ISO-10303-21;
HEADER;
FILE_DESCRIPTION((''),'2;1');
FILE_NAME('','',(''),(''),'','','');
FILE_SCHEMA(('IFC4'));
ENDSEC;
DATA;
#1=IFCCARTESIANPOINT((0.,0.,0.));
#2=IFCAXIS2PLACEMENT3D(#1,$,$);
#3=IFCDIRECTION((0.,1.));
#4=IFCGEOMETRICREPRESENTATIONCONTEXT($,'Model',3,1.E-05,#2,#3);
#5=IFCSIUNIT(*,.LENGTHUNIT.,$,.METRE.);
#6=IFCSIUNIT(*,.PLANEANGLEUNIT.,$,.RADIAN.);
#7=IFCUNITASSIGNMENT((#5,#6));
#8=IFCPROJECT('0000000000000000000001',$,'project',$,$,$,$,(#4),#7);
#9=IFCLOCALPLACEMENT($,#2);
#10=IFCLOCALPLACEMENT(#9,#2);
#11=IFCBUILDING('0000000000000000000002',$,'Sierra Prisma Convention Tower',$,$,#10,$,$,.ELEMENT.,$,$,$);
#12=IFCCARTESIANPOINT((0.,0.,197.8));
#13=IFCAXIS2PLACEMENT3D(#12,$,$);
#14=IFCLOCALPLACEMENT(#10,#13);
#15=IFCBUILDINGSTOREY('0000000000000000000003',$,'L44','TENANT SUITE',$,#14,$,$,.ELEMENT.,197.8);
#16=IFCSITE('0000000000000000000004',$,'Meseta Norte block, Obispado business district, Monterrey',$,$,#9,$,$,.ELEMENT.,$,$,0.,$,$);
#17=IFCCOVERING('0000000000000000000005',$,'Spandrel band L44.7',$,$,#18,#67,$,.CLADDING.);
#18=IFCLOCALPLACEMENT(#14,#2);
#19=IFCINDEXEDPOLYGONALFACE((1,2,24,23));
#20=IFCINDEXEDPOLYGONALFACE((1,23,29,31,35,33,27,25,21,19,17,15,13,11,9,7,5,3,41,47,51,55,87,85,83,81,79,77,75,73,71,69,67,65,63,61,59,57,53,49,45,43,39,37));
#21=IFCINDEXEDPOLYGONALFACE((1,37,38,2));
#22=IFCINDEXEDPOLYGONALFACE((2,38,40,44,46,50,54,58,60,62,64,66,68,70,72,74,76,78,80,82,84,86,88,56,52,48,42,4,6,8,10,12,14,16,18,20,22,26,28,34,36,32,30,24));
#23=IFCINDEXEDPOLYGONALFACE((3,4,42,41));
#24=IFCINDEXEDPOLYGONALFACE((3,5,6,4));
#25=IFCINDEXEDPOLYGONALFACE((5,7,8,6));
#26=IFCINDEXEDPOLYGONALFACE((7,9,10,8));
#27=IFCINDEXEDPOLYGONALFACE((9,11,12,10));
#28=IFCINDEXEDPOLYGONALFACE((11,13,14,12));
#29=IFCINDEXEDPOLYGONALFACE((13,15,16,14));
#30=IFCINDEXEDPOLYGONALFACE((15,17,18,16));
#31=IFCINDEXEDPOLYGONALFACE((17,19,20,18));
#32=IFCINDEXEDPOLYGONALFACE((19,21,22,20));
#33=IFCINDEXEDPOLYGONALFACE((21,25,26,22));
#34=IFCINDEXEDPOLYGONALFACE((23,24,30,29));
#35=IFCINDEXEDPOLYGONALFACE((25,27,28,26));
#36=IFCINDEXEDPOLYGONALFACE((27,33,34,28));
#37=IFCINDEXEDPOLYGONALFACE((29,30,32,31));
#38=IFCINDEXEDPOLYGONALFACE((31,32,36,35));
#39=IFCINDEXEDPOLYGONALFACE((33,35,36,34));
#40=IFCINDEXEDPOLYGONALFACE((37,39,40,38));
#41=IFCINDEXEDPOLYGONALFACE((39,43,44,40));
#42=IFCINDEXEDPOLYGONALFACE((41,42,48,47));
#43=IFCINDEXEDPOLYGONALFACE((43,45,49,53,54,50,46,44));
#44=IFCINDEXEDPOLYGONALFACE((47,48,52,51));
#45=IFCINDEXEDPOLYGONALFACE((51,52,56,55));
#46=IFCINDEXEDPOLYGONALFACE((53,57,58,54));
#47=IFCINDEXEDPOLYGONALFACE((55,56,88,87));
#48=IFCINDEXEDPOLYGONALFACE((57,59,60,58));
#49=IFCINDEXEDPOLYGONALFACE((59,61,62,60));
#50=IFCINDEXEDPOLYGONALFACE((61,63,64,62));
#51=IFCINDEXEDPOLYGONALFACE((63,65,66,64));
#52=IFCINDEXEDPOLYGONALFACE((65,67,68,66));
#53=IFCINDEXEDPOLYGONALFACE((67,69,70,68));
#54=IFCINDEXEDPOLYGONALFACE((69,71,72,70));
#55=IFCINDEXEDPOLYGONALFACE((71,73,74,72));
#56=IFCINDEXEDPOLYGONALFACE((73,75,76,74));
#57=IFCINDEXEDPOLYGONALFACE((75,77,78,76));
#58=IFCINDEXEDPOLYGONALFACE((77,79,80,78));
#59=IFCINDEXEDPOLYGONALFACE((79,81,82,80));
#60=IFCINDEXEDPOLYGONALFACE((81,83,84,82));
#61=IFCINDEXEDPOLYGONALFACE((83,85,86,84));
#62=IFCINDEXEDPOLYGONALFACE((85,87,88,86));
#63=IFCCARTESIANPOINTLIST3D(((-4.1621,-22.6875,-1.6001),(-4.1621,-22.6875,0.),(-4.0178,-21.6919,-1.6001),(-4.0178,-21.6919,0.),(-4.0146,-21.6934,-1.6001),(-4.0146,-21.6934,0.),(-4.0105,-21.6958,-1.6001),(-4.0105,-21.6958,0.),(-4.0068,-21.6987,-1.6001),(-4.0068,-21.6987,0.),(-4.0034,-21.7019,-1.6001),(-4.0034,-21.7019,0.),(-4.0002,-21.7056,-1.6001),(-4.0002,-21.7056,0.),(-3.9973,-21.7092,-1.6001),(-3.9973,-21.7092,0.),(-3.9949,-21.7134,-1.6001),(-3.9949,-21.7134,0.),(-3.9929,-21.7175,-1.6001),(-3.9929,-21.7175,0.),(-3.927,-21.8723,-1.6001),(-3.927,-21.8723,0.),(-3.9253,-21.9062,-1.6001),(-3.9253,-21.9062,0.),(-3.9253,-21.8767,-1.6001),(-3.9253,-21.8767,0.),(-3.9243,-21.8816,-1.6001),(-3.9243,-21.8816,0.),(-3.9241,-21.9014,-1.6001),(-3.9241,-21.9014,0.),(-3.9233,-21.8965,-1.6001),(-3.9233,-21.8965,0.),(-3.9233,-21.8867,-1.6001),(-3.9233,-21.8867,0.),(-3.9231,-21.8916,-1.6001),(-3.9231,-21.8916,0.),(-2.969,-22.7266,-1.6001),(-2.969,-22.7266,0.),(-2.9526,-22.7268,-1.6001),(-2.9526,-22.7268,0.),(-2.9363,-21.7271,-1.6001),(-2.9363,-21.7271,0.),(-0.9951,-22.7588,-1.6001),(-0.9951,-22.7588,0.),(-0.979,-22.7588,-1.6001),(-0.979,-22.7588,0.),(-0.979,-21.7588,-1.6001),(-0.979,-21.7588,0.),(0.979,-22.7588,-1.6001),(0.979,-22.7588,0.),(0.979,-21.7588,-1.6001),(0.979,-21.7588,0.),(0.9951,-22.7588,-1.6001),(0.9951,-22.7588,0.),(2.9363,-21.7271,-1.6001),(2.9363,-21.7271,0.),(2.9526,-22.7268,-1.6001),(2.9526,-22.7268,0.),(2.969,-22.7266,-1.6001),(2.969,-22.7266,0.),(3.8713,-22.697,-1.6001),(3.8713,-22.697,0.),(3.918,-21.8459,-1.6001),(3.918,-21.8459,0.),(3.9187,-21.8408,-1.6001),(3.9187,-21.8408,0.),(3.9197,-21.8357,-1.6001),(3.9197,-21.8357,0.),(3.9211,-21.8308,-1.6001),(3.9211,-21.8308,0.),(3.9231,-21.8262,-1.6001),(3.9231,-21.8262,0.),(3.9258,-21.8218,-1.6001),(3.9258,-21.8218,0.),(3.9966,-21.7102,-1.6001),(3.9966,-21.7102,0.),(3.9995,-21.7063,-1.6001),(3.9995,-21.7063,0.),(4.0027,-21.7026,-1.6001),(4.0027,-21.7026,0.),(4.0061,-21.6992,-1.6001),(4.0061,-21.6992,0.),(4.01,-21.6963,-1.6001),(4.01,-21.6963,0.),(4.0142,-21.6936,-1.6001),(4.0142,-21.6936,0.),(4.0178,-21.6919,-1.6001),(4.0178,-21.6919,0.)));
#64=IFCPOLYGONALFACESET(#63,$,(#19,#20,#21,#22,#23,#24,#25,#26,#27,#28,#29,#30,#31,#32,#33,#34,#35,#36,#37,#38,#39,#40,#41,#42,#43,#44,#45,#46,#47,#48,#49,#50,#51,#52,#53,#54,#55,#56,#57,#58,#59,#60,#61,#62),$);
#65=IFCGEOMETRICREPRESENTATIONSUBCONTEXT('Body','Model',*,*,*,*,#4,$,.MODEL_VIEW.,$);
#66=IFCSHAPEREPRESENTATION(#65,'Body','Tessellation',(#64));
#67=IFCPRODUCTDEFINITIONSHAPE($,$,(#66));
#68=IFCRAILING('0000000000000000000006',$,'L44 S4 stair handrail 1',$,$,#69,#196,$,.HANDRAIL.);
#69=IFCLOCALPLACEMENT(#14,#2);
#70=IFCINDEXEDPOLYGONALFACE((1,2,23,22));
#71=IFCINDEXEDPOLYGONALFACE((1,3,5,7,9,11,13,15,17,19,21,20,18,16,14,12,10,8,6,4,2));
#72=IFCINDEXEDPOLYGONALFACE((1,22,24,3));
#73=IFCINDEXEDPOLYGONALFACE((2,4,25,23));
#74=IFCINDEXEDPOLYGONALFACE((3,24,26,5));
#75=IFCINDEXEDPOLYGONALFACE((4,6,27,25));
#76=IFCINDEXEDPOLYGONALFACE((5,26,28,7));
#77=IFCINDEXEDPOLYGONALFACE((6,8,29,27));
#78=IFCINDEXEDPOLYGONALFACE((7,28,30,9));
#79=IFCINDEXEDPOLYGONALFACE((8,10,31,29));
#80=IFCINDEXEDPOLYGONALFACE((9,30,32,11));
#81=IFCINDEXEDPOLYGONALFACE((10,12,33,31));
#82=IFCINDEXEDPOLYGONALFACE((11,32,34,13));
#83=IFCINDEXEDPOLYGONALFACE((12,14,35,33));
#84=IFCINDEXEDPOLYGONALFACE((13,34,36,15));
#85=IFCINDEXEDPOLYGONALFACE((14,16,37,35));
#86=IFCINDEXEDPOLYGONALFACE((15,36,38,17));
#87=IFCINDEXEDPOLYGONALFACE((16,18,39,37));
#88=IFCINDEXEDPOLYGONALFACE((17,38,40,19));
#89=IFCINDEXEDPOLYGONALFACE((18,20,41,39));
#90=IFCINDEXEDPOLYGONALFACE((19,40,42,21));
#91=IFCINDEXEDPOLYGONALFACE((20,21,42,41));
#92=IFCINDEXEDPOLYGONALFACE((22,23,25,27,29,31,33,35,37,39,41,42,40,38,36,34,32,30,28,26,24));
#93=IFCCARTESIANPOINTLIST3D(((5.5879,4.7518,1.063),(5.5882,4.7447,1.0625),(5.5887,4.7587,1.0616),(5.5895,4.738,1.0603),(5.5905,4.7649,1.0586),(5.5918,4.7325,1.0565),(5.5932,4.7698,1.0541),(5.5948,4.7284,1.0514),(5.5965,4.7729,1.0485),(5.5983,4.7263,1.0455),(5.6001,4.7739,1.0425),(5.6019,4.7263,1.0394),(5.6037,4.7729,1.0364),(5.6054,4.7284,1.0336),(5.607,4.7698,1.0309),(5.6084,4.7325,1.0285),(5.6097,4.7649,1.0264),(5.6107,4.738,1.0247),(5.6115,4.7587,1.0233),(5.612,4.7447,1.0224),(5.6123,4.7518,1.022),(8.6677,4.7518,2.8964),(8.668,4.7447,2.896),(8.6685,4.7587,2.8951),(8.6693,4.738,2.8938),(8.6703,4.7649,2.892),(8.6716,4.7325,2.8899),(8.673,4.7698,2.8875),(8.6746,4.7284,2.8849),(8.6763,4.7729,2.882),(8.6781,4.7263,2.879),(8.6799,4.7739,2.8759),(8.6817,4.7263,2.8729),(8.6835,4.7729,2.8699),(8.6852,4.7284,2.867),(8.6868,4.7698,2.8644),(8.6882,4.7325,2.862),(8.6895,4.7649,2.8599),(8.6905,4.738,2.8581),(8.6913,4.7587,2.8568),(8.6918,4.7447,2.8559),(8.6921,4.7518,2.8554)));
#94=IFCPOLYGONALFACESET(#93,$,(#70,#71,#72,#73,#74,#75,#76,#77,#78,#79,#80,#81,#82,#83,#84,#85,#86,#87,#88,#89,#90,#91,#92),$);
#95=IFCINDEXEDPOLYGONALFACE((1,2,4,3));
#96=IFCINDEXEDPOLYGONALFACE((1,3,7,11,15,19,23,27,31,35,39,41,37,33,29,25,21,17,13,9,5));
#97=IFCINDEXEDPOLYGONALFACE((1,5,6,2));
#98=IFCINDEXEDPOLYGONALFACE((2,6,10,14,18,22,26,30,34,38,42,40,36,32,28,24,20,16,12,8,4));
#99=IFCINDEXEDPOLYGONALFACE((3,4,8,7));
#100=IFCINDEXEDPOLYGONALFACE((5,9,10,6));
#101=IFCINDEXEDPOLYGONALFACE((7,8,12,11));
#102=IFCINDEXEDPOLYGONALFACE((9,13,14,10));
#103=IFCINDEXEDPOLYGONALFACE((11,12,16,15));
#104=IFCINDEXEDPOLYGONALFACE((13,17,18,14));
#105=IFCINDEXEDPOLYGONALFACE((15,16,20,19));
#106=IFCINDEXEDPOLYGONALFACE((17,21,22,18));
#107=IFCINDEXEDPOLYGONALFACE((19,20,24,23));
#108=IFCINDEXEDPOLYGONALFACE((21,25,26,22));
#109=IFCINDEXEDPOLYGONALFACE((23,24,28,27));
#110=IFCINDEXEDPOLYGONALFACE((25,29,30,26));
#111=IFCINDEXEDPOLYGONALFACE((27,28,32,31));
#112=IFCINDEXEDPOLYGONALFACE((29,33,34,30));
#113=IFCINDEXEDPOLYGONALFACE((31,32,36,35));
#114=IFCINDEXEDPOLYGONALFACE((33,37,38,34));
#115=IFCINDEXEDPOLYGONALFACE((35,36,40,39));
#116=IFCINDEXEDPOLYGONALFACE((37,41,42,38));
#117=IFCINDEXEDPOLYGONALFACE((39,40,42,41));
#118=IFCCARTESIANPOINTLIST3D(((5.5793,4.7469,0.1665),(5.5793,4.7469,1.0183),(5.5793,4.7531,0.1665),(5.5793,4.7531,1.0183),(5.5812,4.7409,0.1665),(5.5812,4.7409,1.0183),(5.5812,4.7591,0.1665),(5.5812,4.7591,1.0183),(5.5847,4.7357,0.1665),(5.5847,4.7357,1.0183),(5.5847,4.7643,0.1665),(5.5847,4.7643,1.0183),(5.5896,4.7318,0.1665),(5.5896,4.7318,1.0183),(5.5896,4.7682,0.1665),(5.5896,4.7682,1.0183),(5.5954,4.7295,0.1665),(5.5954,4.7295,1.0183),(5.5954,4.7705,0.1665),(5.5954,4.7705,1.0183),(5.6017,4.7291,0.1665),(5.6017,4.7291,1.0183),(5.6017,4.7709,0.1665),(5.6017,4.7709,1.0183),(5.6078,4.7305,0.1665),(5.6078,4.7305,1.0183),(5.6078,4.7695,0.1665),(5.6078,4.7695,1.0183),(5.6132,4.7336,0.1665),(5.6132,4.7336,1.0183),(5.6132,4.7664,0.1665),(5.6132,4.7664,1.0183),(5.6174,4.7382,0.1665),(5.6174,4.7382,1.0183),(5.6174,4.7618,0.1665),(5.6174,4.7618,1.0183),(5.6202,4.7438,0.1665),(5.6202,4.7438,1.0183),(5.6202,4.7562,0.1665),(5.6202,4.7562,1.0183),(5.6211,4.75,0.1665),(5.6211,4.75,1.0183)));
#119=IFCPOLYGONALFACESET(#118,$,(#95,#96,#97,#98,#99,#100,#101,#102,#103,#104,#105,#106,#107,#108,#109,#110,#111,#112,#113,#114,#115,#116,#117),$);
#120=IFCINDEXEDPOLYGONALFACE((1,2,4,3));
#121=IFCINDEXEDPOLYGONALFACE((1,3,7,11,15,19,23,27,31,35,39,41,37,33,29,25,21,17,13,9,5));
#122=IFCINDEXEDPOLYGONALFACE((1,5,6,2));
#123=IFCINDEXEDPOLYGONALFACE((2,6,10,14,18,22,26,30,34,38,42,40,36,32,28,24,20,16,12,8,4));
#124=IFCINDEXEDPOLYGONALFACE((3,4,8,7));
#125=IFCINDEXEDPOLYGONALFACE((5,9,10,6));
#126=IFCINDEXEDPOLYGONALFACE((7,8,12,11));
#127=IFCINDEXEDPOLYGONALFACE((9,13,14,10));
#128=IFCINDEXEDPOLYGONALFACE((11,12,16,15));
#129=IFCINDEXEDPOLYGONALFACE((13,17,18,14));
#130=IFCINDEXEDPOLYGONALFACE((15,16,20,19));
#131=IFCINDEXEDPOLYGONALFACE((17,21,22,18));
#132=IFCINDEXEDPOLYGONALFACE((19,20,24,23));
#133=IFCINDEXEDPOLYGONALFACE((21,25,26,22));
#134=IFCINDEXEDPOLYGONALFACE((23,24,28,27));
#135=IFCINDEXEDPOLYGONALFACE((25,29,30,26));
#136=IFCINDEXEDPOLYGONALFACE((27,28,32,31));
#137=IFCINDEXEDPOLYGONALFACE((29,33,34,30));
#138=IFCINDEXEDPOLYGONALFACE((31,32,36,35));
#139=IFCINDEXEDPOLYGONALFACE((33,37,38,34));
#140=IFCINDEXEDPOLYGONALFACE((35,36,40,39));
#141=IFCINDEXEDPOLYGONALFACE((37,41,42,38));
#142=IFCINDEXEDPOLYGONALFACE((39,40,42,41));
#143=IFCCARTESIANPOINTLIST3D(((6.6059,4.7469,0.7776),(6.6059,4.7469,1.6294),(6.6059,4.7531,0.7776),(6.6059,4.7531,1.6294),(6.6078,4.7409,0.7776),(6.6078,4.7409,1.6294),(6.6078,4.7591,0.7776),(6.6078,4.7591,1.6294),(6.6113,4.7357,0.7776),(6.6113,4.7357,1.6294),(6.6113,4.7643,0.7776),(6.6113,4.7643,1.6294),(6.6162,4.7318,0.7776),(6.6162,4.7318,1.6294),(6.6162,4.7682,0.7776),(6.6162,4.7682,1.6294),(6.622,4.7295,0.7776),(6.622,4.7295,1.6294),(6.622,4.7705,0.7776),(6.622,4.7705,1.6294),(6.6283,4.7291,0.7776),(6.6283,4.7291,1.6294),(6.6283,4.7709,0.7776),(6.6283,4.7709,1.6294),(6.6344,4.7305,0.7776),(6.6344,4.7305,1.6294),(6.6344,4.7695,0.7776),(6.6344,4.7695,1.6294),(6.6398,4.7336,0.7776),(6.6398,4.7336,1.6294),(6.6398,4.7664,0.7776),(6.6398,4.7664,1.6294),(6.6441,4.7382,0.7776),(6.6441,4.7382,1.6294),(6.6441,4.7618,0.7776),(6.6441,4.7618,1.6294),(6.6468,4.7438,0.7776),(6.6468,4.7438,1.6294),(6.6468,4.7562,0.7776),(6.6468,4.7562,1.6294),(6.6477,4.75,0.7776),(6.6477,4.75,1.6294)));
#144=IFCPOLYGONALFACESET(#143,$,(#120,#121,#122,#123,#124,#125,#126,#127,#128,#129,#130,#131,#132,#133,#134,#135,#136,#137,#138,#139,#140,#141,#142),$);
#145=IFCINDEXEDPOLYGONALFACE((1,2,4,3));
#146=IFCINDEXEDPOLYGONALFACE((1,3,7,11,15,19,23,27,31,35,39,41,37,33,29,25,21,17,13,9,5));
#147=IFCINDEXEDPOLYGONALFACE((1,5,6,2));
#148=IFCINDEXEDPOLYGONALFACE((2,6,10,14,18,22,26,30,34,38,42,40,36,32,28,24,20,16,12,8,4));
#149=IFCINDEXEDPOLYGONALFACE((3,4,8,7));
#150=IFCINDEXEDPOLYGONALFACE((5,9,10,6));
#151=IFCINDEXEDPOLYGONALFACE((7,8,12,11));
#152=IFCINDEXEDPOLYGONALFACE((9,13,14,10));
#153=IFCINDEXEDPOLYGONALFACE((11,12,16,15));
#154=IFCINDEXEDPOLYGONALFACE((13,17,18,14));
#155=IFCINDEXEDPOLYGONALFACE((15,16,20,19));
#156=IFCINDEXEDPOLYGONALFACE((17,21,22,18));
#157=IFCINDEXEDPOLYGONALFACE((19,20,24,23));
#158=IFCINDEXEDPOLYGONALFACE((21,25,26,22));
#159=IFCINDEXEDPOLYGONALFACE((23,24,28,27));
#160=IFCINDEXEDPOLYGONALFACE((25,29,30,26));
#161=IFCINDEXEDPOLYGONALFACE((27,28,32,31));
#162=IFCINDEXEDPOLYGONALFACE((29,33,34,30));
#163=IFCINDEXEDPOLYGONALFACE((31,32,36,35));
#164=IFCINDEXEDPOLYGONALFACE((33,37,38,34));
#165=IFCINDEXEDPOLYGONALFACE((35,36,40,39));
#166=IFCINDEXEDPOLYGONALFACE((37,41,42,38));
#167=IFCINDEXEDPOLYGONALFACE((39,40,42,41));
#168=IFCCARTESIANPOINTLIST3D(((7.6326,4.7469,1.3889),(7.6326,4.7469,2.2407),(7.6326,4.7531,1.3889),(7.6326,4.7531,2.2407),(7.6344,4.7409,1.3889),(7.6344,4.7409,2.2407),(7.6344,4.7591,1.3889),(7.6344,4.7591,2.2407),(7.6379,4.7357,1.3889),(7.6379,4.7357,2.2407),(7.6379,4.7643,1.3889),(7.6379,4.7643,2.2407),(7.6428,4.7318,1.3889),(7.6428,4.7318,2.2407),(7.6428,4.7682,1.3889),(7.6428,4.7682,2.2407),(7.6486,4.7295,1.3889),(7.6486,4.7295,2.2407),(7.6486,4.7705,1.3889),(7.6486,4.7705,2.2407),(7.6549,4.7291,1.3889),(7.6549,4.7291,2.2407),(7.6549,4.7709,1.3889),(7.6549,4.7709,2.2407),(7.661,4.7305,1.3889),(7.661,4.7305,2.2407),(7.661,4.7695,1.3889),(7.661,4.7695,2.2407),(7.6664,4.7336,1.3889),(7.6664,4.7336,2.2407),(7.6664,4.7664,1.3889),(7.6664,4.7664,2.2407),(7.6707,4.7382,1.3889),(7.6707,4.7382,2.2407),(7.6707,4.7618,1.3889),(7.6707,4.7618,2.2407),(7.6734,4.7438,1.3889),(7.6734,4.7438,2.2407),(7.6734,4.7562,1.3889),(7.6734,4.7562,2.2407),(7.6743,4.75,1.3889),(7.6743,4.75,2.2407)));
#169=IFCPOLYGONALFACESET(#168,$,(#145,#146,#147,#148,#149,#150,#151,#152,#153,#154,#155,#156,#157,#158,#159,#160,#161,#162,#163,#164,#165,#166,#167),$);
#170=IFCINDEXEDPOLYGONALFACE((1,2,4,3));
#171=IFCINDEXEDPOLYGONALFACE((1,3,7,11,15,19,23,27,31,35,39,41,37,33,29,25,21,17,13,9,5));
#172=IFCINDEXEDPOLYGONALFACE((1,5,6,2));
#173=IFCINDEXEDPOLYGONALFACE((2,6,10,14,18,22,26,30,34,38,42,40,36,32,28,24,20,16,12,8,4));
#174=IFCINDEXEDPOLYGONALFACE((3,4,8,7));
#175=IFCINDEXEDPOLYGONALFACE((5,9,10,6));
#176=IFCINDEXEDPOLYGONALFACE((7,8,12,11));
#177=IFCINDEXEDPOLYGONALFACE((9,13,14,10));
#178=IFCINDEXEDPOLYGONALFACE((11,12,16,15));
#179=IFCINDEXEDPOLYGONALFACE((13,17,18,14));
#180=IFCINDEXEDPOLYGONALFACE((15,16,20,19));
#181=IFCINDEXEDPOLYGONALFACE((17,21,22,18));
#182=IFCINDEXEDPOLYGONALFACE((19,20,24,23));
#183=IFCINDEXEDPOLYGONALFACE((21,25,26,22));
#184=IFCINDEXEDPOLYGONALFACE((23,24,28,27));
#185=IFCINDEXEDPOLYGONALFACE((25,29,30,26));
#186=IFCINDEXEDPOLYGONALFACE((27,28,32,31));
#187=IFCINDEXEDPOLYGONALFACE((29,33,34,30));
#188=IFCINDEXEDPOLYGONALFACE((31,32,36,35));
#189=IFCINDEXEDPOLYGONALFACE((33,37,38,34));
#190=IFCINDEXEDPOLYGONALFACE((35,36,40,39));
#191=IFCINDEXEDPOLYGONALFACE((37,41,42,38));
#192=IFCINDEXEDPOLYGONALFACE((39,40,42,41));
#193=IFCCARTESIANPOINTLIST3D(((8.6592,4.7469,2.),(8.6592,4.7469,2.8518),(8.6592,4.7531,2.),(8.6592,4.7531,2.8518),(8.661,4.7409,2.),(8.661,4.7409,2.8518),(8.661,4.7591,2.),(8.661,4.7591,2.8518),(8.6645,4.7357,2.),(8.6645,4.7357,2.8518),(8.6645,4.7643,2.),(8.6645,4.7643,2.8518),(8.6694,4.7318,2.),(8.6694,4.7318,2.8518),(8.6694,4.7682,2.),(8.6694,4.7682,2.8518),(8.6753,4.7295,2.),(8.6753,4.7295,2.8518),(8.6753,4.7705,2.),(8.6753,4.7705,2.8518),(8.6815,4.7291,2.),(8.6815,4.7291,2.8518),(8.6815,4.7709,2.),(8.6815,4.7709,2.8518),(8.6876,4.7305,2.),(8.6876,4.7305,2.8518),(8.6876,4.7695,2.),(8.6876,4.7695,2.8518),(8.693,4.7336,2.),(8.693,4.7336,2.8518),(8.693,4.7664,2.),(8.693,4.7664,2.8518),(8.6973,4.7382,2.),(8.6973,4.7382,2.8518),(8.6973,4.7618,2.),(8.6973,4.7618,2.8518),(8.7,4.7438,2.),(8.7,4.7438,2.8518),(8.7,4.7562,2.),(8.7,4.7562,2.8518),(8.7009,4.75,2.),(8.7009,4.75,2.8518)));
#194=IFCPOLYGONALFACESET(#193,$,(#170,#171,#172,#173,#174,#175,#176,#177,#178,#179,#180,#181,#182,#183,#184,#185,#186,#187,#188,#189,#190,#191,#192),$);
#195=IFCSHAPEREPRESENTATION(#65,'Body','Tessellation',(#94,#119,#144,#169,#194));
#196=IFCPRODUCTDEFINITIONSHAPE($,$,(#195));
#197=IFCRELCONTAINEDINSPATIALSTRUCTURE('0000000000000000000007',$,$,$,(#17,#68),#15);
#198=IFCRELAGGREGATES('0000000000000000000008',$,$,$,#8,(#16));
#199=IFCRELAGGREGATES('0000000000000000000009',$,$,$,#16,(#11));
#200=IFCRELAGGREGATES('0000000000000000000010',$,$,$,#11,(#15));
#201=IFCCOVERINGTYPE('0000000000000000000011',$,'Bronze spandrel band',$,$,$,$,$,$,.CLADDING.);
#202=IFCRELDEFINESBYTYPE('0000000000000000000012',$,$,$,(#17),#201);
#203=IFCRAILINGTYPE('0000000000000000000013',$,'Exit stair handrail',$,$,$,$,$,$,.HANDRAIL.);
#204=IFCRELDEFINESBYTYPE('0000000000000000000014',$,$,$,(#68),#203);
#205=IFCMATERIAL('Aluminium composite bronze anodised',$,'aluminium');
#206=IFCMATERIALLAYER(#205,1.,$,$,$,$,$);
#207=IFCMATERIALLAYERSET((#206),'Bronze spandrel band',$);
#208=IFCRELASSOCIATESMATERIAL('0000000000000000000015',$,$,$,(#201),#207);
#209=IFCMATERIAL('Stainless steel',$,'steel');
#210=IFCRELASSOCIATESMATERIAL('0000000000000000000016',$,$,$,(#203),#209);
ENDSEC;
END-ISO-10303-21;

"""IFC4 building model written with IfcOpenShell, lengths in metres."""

from ifc_helpers import new_model, si_unit, direction, frame, origin, origin_2d, place, context, subcontext, project, spatial, polyline, circle, outline, extrude, material, layer, layer_set, type_object, element, save


model = new_model("IFC4")

# Units and contexts
model_context = context("Model", 3, precision=1e-05, world=origin(), true_north=direction((0.0, 1.0)))
body_context = subcontext(model_context, "Body", "Model", "MODEL_VIEW")
ifc_project = project(units=[si_unit("LENGTHUNIT", "METRE"), si_unit("PLANEANGLEUNIT", "RADIAN")], contexts=[model_context])

# Site, building, storey
site_placement = place(None, origin())
site = spatial("IfcSite", under=ifc_project, at=site_placement, Name="Meseta Norte block, Obispado business district, Monterrey", CompositionType="ELEMENT", RefElevation=0.0)
building_placement = place(site_placement, origin())
building = spatial("IfcBuilding", under=site, at=building_placement, Name="Sierra Prisma Convention Tower", CompositionType="ELEMENT")
storey_placement = place(building_placement, frame((0.0, 0.0, 197.8)))
storey = spatial("IfcBuildingStorey", under=building, at=storey_placement, Name="L44", Description="TENANT SUITE", CompositionType="ELEMENT", Elevation=197.8)

# Covering
ifc_material_1 = material(Name="Aluminium composite bronze anodised", Category="aluminium")
ifc_layer_1 = layer(ifc_material_1, 1.0)
ifc_layer_set_1 = layer_set([ifc_layer_1], Name="Bronze spandrel band")
covering_type_1 = type_object("IfcCoveringType", Name="Bronze spandrel band", PredefinedType="CLADDING", material=ifc_layer_set_1)
covering_1_placement = place(storey_placement, frame((0.0, 0.0, -1.6001)))
element("IfcCovering", 1, at=covering_1_placement, inside=storey, type_object=covering_type_1, Name="Spandrel band L44.7", PredefinedType="CLADDING", context=body_context, shape_type="SweptSolid", body=[
    extrude(outline(polyline([(-3.9929, -21.7175), (-3.9949, -21.7134), (-3.9973, -21.7092), (-4.0002, -21.7056), (-4.0034, -21.7019), (-4.0068, -21.6987), (-4.0105, -21.6958), (-4.0146, -21.6934), (-4.0178, -21.6919), (-2.9363, -21.7271), (-0.979, -21.7588), (0.979, -21.7588), (2.9363, -21.7271), (4.0178, -21.6919), (4.0142, -21.6936), (4.01, -21.6963), (4.0061, -21.6992), (4.0027, -21.7026), (3.9995, -21.7063), (3.9966, -21.7102), (3.9258, -21.8218), (3.9231, -21.8262), (3.9211, -21.8308), (3.9197, -21.8357), (3.9187, -21.8408), (3.918, -21.8459), (3.8713, -22.697), (2.969, -22.7266), (2.9526, -22.7268), (0.9951, -22.7588), (0.979, -22.7588), (-0.979, -22.7588), (-0.9951, -22.7588), (-2.9526, -22.7268), (-2.969, -22.7266), (-4.1621, -22.6875), (-3.9253, -21.9062), (-3.9241, -21.9014), (-3.9233, -21.8965), (-3.9231, -21.8916), (-3.9233, -21.8867), (-3.9243, -21.8816), (-3.9253, -21.8767), (-3.927, -21.8723), (-3.9929, -21.7175)])), origin(), (0.0, 0.0, 1.0), 1.6001),
])

# Railing
ifc_material_2 = material(Name="Stainless steel", Category="steel")
railing_type_1 = type_object("IfcRailingType", Name="Exit stair handrail", PredefinedType="HANDRAIL", material=ifc_material_2)
railing_1_placement = place(storey_placement, frame((5.6001, 4.75, 0.1665)))
element("IfcRailing", 2, at=railing_1_placement, inside=storey, type_object=railing_type_1, Name="L44 S4 stair handrail 1", PredefinedType="HANDRAIL", context=body_context, shape_type="SweptSolid", body=[
    extrude(circle(Radius=0.0239, at=origin_2d()), frame((0.0, 0.0, 0.876), z_axis=(0.859261, 0.0, 0.511538), x_axis=(0.0, 1.0, 0.0)), (0.0, 0.0, 1.0), 3.5842),
    extrude(circle(Radius=0.021, at=origin_2d()), origin(), (0.0, 0.0, 1.0), 0.8518),
    extrude(circle(Radius=0.021, at=origin_2d()), frame((1.0266, 0.0, 0.6111)), (0.0, 0.0, 1.0), 0.8518),
    extrude(circle(Radius=0.021, at=origin_2d()), frame((2.0532, 0.0, 1.2224)), (0.0, 0.0, 1.0), 0.8518),
    extrude(circle(Radius=0.021, at=origin_2d()), frame((3.0798, 0.0, 1.8335)), (0.0, 0.0, 1.0), 0.8518),
])

save(model, "model.ifc")
